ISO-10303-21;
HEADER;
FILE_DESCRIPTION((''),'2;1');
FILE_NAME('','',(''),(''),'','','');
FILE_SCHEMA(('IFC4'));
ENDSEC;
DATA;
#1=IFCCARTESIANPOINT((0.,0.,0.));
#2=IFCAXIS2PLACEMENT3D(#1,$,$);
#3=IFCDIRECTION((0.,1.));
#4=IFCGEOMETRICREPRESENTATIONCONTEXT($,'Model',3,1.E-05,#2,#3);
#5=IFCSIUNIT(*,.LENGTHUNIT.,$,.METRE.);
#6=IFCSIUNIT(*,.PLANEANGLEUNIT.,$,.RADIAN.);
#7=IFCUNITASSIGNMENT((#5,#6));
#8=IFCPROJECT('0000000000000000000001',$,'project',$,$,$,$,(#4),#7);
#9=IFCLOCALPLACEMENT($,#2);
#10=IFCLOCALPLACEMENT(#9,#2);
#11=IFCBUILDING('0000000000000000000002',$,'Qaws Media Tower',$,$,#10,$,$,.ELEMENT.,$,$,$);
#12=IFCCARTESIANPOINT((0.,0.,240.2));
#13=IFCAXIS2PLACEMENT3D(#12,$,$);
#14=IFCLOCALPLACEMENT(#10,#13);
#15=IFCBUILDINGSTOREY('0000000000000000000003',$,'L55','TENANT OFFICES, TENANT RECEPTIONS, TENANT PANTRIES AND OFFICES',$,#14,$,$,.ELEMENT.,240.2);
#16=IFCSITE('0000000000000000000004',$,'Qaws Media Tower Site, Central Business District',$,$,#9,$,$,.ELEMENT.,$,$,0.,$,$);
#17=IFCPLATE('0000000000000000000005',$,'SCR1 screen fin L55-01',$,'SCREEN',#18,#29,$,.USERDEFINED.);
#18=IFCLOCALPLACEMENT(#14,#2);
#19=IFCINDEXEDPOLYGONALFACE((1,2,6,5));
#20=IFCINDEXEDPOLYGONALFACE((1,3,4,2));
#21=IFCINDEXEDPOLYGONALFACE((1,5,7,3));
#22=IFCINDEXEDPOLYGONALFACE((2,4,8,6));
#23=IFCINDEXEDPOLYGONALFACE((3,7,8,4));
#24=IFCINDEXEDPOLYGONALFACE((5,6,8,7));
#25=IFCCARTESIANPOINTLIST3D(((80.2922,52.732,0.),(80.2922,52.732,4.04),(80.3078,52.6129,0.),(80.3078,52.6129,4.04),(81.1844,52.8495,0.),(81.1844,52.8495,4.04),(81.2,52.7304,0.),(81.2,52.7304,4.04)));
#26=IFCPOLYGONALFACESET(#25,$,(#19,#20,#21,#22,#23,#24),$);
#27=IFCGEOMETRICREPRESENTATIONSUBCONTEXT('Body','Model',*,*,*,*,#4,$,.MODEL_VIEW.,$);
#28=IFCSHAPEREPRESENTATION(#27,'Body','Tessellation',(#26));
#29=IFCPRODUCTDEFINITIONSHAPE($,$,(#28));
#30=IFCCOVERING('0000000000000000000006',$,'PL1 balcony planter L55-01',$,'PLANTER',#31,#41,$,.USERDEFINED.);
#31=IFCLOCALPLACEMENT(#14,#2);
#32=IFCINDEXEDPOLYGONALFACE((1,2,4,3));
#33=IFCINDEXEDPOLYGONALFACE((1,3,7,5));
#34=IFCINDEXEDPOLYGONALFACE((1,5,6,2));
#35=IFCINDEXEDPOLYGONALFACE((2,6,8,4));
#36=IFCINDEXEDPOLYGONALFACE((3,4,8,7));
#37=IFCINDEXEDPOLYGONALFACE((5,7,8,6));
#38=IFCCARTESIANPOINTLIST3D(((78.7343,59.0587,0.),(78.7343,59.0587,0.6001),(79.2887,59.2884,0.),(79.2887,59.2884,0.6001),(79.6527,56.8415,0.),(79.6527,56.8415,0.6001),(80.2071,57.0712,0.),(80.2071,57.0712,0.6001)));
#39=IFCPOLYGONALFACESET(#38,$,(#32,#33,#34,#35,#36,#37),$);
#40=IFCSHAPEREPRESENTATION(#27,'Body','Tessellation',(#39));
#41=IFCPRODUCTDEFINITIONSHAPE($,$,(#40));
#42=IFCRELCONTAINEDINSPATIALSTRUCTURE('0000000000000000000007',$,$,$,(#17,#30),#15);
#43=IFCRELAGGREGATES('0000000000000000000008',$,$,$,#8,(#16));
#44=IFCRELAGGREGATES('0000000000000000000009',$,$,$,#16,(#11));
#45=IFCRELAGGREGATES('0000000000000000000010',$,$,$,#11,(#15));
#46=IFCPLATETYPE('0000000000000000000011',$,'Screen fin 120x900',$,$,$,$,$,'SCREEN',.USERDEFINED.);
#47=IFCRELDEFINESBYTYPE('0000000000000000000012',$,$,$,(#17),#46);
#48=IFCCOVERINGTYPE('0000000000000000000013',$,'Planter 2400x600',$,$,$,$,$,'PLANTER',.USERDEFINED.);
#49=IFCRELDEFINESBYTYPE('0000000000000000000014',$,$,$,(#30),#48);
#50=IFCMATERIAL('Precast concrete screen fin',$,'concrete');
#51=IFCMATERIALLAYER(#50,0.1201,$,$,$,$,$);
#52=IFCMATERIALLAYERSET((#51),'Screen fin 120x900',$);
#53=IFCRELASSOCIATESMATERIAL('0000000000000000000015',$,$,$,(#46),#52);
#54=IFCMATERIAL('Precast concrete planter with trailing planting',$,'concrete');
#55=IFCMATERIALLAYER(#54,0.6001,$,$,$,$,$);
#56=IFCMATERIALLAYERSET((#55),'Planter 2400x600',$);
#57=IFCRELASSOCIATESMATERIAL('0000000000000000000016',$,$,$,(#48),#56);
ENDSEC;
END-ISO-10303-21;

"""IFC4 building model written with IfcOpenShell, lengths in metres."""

from ifc_helpers import new_model, si_unit, direction, frame, origin, origin_2d, place, context, subcontext, project, spatial, rectangle, extrude, material, layer, layer_set, type_object, element, save


model = new_model("IFC4")

# Units and contexts
model_context = context("Model", 3, precision=1e-05, world=origin(), true_north=direction((0.0, 1.0)))
body_context = subcontext(model_context, "Body", "Model", "MODEL_VIEW")
ifc_project = project(units=[si_unit("LENGTHUNIT", "METRE"), si_unit("PLANEANGLEUNIT", "RADIAN")], contexts=[model_context])

# Site, building, storey
site_placement = place(None, origin())
site = spatial("IfcSite", under=ifc_project, at=site_placement, Name="Qaws Media Tower Site, Central Business District", CompositionType="ELEMENT", RefElevation=0.0)
building_placement = place(site_placement, origin())
building = spatial("IfcBuilding", under=site, at=building_placement, Name="Qaws Media Tower", CompositionType="ELEMENT")
storey_placement = place(building_placement, frame((0.0, 0.0, 240.2)))
storey = spatial("IfcBuildingStorey", under=building, at=storey_placement, Name="L55", Description="TENANT OFFICES, TENANT RECEPTIONS, TENANT PANTRIES AND OFFICES", CompositionType="ELEMENT", Elevation=240.2)

# Plate
ifc_material_1 = material(Name="Precast concrete screen fin", Category="concrete")
ifc_layer_1 = layer(ifc_material_1, 0.1201)
ifc_layer_set_1 = layer_set([ifc_layer_1], Name="Screen fin 120x900")
plate_type_1 = type_object("IfcPlateType", Name="Screen fin 120x900", ElementType="SCREEN", PredefinedType="USERDEFINED", material=ifc_layer_set_1)
plate_1_placement = place(storey_placement, frame((80.7461, 52.7312, 0.0), z_axis=(0.0, 0.0, 1.0), x_axis=(0.991445, 0.130526, 0.0)))
element("IfcPlate", 1, at=plate_1_placement, inside=storey, type_object=plate_type_1, Name="SCR1 screen fin L55-01", ObjectType="SCREEN", PredefinedType="USERDEFINED", context=body_context, shape_type="SweptSolid", body=[
    extrude(rectangle(XDim=0.8999, YDim=0.1201, at=origin_2d()), origin(), (0.0, 0.0, 1.0), 4.04),
])

# Covering
ifc_material_2 = material(Name="Precast concrete planter with trailing planting", Category="concrete")
ifc_layer_2 = layer(ifc_material_2, 0.6001)
ifc_layer_set_2 = layer_set([ifc_layer_2], Name="Planter 2400x600")
covering_type = type_object("IfcCoveringType", Name="Planter 2400x600", ElementType="PLANTER", PredefinedType="USERDEFINED", material=ifc_layer_set_2)
covering_placement = place(storey_placement, frame((79.4707, 58.0649, 0.0), z_axis=(0.0, 0.0, 1.0), x_axis=(-0.382683, 0.92388, 0.0)))
element("IfcCovering", 2, at=covering_placement, inside=storey, type_object=covering_type, Name="PL1 balcony planter L55-01", ObjectType="PLANTER", PredefinedType="USERDEFINED", context=body_context, shape_type="SweptSolid", body=[
    extrude(rectangle(XDim=2.3999, YDim=0.6001, at=origin_2d()), origin(), (0.0, 0.0, 1.0), 0.6001),
])

save(model, "model.ifc")
